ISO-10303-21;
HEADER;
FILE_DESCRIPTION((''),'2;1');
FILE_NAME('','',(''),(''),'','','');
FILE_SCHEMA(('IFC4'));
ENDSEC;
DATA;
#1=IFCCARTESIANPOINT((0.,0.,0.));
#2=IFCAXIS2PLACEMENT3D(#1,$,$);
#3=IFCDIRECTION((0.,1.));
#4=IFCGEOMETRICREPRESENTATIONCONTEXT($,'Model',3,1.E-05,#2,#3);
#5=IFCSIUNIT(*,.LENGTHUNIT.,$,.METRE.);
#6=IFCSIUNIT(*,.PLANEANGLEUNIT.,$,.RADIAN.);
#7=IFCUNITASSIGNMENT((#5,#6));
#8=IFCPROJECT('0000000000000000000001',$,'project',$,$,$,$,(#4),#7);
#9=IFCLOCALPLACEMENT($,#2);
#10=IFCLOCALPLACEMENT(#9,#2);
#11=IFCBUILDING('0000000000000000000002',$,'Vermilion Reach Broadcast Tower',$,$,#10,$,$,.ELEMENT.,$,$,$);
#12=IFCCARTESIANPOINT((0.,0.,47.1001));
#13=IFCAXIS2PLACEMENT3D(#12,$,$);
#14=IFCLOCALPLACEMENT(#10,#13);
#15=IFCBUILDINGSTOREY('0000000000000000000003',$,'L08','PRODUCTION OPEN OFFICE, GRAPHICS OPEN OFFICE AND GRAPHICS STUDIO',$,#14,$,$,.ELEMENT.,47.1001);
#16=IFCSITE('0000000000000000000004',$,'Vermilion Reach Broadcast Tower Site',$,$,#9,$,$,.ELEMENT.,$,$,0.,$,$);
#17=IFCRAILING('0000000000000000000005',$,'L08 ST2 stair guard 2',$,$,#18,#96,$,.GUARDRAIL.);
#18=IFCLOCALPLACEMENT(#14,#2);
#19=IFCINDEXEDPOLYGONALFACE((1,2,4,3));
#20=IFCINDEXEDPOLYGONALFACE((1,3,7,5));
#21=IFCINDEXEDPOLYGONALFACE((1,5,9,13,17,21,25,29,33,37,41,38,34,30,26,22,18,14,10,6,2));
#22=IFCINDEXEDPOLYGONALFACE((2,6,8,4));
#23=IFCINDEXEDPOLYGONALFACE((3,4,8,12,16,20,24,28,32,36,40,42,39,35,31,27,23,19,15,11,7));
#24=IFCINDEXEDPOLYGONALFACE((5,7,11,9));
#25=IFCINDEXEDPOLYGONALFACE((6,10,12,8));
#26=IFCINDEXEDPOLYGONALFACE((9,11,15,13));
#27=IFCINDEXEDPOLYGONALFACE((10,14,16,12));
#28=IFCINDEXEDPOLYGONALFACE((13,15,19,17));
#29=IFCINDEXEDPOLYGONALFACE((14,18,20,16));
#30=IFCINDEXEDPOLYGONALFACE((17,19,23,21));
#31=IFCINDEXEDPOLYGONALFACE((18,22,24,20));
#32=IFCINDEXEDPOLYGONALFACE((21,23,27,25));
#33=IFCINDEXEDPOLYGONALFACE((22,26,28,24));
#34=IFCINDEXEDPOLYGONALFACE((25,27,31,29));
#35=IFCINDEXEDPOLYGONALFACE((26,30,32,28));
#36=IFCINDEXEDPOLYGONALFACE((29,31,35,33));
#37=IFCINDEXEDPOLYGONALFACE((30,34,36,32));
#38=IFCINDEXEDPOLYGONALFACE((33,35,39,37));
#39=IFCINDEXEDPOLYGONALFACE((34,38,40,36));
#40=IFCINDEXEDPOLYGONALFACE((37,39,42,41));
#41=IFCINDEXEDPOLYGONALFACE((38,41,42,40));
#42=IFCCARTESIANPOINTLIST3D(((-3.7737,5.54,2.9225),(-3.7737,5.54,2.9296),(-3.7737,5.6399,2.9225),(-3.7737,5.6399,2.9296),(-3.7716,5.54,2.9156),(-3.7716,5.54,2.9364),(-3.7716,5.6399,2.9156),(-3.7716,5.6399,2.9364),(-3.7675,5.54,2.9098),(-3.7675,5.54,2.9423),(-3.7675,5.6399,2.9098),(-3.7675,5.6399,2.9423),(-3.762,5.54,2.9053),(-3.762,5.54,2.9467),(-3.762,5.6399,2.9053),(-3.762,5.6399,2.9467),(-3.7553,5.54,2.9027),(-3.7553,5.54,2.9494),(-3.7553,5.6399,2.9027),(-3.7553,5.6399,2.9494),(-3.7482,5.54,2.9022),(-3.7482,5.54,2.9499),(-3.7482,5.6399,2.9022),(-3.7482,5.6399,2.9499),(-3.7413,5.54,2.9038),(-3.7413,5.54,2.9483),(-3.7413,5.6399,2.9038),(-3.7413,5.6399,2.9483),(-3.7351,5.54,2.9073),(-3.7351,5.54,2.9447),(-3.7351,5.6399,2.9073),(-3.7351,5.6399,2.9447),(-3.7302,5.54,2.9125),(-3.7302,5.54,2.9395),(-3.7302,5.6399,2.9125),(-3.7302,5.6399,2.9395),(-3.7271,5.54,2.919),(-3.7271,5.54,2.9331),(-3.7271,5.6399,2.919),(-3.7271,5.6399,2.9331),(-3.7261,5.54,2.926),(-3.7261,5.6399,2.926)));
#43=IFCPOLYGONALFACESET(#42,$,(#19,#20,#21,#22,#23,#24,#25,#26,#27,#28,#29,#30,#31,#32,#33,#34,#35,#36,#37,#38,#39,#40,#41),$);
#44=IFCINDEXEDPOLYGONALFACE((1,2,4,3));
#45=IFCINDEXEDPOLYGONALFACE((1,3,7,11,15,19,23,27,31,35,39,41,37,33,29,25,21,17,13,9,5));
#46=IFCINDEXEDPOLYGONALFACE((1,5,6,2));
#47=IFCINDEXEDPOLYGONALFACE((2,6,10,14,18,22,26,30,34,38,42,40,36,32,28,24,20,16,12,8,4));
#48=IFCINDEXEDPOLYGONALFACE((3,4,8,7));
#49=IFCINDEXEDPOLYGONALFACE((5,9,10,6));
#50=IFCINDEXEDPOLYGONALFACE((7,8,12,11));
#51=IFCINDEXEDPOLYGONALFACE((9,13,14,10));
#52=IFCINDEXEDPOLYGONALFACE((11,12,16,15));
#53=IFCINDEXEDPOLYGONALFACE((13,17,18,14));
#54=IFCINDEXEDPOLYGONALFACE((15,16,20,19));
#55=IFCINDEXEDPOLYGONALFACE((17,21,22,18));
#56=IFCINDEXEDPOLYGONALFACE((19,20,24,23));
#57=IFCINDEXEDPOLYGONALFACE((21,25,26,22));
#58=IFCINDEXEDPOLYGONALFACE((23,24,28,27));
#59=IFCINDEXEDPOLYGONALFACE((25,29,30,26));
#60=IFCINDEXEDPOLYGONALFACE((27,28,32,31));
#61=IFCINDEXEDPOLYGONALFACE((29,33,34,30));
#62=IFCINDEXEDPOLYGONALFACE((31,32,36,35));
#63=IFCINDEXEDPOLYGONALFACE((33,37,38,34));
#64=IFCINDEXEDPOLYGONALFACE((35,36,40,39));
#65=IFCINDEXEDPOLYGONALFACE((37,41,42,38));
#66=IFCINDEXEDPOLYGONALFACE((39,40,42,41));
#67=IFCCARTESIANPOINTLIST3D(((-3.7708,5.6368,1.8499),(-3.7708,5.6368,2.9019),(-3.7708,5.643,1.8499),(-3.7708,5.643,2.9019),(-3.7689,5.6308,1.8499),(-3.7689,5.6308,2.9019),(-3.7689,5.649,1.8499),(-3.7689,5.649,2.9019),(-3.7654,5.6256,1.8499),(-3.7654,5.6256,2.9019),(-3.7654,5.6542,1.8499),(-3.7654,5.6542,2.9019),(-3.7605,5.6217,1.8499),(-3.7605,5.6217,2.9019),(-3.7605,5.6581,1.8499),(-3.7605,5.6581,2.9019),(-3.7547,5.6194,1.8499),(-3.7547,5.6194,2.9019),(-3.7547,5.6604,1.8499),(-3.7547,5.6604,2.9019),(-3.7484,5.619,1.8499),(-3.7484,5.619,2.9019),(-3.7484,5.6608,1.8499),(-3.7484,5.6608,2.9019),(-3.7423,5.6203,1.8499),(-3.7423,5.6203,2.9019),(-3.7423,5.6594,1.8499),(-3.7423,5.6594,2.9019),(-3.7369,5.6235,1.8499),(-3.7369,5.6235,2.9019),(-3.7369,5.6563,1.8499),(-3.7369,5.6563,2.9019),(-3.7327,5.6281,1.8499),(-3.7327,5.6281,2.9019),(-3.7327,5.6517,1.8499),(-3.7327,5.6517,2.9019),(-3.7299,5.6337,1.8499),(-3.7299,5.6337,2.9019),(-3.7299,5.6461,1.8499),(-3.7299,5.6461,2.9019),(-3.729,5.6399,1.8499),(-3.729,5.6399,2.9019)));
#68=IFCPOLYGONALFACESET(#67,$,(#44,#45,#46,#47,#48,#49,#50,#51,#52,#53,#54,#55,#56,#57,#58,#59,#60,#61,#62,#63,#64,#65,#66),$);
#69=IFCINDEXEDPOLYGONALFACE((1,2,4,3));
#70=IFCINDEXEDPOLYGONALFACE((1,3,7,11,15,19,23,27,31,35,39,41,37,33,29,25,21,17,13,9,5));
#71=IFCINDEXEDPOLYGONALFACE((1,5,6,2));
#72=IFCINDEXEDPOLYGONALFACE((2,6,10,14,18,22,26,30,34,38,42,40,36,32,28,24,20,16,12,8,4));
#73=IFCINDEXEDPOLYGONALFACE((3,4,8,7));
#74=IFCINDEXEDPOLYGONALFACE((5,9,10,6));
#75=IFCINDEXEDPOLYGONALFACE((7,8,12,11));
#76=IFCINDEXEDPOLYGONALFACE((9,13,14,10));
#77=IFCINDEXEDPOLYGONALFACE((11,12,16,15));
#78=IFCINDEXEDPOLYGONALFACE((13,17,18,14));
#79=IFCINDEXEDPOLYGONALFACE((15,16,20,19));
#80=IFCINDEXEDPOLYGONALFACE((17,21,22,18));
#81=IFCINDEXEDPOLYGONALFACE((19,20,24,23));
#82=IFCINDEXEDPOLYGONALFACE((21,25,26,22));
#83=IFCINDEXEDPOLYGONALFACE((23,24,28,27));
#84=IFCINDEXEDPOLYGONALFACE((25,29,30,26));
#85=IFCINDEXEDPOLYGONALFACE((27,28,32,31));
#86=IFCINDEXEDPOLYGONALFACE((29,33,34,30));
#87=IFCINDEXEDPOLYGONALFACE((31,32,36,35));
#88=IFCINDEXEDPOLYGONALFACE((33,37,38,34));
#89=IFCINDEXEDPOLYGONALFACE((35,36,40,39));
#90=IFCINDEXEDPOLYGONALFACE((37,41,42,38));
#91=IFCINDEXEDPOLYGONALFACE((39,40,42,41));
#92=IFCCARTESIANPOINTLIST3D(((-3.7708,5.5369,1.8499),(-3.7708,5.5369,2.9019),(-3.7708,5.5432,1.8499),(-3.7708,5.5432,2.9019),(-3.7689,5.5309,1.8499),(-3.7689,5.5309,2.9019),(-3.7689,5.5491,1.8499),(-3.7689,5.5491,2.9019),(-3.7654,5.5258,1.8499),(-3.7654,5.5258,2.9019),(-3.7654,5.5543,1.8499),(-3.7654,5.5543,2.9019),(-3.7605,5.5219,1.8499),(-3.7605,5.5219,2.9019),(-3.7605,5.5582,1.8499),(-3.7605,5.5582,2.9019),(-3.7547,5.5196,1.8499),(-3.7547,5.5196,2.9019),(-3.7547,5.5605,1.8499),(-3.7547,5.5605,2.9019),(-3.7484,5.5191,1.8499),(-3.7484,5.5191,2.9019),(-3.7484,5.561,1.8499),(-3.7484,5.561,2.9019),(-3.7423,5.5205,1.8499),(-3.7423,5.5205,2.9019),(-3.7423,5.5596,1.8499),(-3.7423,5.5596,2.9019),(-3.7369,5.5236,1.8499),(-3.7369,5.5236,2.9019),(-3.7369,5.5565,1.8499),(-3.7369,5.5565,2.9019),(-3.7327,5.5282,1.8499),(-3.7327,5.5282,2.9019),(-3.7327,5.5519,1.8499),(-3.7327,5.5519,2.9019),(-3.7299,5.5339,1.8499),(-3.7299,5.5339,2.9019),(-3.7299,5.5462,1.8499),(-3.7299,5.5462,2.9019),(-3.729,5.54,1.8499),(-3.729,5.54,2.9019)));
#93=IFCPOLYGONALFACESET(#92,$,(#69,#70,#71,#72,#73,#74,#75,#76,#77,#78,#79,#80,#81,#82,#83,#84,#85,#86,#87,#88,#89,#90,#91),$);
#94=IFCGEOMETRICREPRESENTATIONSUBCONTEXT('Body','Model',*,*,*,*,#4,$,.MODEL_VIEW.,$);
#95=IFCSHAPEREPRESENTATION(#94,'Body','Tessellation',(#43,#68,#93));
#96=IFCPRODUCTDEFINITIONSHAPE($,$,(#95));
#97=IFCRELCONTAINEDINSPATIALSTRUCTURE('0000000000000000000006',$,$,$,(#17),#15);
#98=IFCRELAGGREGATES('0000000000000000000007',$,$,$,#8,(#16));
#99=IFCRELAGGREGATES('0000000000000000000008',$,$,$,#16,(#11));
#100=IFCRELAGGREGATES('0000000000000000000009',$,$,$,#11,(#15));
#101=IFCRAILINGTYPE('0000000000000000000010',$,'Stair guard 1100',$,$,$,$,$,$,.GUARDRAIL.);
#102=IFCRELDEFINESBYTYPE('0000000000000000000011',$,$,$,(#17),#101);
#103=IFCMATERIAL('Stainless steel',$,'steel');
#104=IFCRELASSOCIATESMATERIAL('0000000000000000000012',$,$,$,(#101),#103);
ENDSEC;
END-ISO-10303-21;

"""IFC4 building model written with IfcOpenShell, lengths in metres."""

from ifc_helpers import new_model, si_unit, direction, frame, origin, origin_2d, place, context, subcontext, project, spatial, circle, extrude, material, type_object, element, save


model = new_model("IFC4")

# Units and contexts
model_context = context("Model", 3, precision=1e-05, world=origin(), true_north=direction((0.0, 1.0)))
body_context = subcontext(model_context, "Body", "Model", "MODEL_VIEW")
ifc_project = project(units=[si_unit("LENGTHUNIT", "METRE"), si_unit("PLANEANGLEUNIT", "RADIAN")], contexts=[model_context])

# Site, building, storey
site_placement = place(None, origin())
site = spatial("IfcSite", under=ifc_project, at=site_placement, Name="Vermilion Reach Broadcast Tower Site", CompositionType="ELEMENT", RefElevation=0.0)
building_placement = place(site_placement, origin())
building = spatial("IfcBuilding", under=site, at=building_placement, Name="Vermilion Reach Broadcast Tower", CompositionType="ELEMENT")
storey_placement = place(building_placement, frame((0.0, 0.0, 47.1001)))
storey = spatial("IfcBuildingStorey", under=building, at=storey_placement, Name="L08", Description="PRODUCTION OPEN OFFICE, GRAPHICS OPEN OFFICE AND GRAPHICS STUDIO", CompositionType="ELEMENT", Elevation=47.1001)

# Railing
ifc_material_1 = material(Name="Stainless steel", Category="steel")
railing_type_1 = type_object("IfcRailingType", Name="Stair guard 1100", PredefinedType="GUARDRAIL", material=ifc_material_1)
railing_1_placement = place(storey_placement, frame((-3.75, 5.6399, 1.8499)))
element("IfcRailing", 1, at=railing_1_placement, inside=storey, type_object=railing_type_1, Name="L08 ST2 stair guard 2", PredefinedType="GUARDRAIL", context=body_context, shape_type="SweptSolid", body=[
    extrude(circle(Radius=0.0239, at=origin_2d()), frame((0.0, 0.0, 1.0762), z_axis=(0.0, -1.0, 0.0), x_axis=(1.0, 0.0, 0.0)), (0.0, 0.0, 1.0), 0.0999),
    extrude(circle(Radius=0.021, at=origin_2d()), origin(), (0.0, 0.0, 1.0), 1.052),
    extrude(circle(Radius=0.021, at=origin_2d()), frame((0.0, -0.0999, 0.0)), (0.0, 0.0, 1.0), 1.052),
])

save(model, "model.ifc")
